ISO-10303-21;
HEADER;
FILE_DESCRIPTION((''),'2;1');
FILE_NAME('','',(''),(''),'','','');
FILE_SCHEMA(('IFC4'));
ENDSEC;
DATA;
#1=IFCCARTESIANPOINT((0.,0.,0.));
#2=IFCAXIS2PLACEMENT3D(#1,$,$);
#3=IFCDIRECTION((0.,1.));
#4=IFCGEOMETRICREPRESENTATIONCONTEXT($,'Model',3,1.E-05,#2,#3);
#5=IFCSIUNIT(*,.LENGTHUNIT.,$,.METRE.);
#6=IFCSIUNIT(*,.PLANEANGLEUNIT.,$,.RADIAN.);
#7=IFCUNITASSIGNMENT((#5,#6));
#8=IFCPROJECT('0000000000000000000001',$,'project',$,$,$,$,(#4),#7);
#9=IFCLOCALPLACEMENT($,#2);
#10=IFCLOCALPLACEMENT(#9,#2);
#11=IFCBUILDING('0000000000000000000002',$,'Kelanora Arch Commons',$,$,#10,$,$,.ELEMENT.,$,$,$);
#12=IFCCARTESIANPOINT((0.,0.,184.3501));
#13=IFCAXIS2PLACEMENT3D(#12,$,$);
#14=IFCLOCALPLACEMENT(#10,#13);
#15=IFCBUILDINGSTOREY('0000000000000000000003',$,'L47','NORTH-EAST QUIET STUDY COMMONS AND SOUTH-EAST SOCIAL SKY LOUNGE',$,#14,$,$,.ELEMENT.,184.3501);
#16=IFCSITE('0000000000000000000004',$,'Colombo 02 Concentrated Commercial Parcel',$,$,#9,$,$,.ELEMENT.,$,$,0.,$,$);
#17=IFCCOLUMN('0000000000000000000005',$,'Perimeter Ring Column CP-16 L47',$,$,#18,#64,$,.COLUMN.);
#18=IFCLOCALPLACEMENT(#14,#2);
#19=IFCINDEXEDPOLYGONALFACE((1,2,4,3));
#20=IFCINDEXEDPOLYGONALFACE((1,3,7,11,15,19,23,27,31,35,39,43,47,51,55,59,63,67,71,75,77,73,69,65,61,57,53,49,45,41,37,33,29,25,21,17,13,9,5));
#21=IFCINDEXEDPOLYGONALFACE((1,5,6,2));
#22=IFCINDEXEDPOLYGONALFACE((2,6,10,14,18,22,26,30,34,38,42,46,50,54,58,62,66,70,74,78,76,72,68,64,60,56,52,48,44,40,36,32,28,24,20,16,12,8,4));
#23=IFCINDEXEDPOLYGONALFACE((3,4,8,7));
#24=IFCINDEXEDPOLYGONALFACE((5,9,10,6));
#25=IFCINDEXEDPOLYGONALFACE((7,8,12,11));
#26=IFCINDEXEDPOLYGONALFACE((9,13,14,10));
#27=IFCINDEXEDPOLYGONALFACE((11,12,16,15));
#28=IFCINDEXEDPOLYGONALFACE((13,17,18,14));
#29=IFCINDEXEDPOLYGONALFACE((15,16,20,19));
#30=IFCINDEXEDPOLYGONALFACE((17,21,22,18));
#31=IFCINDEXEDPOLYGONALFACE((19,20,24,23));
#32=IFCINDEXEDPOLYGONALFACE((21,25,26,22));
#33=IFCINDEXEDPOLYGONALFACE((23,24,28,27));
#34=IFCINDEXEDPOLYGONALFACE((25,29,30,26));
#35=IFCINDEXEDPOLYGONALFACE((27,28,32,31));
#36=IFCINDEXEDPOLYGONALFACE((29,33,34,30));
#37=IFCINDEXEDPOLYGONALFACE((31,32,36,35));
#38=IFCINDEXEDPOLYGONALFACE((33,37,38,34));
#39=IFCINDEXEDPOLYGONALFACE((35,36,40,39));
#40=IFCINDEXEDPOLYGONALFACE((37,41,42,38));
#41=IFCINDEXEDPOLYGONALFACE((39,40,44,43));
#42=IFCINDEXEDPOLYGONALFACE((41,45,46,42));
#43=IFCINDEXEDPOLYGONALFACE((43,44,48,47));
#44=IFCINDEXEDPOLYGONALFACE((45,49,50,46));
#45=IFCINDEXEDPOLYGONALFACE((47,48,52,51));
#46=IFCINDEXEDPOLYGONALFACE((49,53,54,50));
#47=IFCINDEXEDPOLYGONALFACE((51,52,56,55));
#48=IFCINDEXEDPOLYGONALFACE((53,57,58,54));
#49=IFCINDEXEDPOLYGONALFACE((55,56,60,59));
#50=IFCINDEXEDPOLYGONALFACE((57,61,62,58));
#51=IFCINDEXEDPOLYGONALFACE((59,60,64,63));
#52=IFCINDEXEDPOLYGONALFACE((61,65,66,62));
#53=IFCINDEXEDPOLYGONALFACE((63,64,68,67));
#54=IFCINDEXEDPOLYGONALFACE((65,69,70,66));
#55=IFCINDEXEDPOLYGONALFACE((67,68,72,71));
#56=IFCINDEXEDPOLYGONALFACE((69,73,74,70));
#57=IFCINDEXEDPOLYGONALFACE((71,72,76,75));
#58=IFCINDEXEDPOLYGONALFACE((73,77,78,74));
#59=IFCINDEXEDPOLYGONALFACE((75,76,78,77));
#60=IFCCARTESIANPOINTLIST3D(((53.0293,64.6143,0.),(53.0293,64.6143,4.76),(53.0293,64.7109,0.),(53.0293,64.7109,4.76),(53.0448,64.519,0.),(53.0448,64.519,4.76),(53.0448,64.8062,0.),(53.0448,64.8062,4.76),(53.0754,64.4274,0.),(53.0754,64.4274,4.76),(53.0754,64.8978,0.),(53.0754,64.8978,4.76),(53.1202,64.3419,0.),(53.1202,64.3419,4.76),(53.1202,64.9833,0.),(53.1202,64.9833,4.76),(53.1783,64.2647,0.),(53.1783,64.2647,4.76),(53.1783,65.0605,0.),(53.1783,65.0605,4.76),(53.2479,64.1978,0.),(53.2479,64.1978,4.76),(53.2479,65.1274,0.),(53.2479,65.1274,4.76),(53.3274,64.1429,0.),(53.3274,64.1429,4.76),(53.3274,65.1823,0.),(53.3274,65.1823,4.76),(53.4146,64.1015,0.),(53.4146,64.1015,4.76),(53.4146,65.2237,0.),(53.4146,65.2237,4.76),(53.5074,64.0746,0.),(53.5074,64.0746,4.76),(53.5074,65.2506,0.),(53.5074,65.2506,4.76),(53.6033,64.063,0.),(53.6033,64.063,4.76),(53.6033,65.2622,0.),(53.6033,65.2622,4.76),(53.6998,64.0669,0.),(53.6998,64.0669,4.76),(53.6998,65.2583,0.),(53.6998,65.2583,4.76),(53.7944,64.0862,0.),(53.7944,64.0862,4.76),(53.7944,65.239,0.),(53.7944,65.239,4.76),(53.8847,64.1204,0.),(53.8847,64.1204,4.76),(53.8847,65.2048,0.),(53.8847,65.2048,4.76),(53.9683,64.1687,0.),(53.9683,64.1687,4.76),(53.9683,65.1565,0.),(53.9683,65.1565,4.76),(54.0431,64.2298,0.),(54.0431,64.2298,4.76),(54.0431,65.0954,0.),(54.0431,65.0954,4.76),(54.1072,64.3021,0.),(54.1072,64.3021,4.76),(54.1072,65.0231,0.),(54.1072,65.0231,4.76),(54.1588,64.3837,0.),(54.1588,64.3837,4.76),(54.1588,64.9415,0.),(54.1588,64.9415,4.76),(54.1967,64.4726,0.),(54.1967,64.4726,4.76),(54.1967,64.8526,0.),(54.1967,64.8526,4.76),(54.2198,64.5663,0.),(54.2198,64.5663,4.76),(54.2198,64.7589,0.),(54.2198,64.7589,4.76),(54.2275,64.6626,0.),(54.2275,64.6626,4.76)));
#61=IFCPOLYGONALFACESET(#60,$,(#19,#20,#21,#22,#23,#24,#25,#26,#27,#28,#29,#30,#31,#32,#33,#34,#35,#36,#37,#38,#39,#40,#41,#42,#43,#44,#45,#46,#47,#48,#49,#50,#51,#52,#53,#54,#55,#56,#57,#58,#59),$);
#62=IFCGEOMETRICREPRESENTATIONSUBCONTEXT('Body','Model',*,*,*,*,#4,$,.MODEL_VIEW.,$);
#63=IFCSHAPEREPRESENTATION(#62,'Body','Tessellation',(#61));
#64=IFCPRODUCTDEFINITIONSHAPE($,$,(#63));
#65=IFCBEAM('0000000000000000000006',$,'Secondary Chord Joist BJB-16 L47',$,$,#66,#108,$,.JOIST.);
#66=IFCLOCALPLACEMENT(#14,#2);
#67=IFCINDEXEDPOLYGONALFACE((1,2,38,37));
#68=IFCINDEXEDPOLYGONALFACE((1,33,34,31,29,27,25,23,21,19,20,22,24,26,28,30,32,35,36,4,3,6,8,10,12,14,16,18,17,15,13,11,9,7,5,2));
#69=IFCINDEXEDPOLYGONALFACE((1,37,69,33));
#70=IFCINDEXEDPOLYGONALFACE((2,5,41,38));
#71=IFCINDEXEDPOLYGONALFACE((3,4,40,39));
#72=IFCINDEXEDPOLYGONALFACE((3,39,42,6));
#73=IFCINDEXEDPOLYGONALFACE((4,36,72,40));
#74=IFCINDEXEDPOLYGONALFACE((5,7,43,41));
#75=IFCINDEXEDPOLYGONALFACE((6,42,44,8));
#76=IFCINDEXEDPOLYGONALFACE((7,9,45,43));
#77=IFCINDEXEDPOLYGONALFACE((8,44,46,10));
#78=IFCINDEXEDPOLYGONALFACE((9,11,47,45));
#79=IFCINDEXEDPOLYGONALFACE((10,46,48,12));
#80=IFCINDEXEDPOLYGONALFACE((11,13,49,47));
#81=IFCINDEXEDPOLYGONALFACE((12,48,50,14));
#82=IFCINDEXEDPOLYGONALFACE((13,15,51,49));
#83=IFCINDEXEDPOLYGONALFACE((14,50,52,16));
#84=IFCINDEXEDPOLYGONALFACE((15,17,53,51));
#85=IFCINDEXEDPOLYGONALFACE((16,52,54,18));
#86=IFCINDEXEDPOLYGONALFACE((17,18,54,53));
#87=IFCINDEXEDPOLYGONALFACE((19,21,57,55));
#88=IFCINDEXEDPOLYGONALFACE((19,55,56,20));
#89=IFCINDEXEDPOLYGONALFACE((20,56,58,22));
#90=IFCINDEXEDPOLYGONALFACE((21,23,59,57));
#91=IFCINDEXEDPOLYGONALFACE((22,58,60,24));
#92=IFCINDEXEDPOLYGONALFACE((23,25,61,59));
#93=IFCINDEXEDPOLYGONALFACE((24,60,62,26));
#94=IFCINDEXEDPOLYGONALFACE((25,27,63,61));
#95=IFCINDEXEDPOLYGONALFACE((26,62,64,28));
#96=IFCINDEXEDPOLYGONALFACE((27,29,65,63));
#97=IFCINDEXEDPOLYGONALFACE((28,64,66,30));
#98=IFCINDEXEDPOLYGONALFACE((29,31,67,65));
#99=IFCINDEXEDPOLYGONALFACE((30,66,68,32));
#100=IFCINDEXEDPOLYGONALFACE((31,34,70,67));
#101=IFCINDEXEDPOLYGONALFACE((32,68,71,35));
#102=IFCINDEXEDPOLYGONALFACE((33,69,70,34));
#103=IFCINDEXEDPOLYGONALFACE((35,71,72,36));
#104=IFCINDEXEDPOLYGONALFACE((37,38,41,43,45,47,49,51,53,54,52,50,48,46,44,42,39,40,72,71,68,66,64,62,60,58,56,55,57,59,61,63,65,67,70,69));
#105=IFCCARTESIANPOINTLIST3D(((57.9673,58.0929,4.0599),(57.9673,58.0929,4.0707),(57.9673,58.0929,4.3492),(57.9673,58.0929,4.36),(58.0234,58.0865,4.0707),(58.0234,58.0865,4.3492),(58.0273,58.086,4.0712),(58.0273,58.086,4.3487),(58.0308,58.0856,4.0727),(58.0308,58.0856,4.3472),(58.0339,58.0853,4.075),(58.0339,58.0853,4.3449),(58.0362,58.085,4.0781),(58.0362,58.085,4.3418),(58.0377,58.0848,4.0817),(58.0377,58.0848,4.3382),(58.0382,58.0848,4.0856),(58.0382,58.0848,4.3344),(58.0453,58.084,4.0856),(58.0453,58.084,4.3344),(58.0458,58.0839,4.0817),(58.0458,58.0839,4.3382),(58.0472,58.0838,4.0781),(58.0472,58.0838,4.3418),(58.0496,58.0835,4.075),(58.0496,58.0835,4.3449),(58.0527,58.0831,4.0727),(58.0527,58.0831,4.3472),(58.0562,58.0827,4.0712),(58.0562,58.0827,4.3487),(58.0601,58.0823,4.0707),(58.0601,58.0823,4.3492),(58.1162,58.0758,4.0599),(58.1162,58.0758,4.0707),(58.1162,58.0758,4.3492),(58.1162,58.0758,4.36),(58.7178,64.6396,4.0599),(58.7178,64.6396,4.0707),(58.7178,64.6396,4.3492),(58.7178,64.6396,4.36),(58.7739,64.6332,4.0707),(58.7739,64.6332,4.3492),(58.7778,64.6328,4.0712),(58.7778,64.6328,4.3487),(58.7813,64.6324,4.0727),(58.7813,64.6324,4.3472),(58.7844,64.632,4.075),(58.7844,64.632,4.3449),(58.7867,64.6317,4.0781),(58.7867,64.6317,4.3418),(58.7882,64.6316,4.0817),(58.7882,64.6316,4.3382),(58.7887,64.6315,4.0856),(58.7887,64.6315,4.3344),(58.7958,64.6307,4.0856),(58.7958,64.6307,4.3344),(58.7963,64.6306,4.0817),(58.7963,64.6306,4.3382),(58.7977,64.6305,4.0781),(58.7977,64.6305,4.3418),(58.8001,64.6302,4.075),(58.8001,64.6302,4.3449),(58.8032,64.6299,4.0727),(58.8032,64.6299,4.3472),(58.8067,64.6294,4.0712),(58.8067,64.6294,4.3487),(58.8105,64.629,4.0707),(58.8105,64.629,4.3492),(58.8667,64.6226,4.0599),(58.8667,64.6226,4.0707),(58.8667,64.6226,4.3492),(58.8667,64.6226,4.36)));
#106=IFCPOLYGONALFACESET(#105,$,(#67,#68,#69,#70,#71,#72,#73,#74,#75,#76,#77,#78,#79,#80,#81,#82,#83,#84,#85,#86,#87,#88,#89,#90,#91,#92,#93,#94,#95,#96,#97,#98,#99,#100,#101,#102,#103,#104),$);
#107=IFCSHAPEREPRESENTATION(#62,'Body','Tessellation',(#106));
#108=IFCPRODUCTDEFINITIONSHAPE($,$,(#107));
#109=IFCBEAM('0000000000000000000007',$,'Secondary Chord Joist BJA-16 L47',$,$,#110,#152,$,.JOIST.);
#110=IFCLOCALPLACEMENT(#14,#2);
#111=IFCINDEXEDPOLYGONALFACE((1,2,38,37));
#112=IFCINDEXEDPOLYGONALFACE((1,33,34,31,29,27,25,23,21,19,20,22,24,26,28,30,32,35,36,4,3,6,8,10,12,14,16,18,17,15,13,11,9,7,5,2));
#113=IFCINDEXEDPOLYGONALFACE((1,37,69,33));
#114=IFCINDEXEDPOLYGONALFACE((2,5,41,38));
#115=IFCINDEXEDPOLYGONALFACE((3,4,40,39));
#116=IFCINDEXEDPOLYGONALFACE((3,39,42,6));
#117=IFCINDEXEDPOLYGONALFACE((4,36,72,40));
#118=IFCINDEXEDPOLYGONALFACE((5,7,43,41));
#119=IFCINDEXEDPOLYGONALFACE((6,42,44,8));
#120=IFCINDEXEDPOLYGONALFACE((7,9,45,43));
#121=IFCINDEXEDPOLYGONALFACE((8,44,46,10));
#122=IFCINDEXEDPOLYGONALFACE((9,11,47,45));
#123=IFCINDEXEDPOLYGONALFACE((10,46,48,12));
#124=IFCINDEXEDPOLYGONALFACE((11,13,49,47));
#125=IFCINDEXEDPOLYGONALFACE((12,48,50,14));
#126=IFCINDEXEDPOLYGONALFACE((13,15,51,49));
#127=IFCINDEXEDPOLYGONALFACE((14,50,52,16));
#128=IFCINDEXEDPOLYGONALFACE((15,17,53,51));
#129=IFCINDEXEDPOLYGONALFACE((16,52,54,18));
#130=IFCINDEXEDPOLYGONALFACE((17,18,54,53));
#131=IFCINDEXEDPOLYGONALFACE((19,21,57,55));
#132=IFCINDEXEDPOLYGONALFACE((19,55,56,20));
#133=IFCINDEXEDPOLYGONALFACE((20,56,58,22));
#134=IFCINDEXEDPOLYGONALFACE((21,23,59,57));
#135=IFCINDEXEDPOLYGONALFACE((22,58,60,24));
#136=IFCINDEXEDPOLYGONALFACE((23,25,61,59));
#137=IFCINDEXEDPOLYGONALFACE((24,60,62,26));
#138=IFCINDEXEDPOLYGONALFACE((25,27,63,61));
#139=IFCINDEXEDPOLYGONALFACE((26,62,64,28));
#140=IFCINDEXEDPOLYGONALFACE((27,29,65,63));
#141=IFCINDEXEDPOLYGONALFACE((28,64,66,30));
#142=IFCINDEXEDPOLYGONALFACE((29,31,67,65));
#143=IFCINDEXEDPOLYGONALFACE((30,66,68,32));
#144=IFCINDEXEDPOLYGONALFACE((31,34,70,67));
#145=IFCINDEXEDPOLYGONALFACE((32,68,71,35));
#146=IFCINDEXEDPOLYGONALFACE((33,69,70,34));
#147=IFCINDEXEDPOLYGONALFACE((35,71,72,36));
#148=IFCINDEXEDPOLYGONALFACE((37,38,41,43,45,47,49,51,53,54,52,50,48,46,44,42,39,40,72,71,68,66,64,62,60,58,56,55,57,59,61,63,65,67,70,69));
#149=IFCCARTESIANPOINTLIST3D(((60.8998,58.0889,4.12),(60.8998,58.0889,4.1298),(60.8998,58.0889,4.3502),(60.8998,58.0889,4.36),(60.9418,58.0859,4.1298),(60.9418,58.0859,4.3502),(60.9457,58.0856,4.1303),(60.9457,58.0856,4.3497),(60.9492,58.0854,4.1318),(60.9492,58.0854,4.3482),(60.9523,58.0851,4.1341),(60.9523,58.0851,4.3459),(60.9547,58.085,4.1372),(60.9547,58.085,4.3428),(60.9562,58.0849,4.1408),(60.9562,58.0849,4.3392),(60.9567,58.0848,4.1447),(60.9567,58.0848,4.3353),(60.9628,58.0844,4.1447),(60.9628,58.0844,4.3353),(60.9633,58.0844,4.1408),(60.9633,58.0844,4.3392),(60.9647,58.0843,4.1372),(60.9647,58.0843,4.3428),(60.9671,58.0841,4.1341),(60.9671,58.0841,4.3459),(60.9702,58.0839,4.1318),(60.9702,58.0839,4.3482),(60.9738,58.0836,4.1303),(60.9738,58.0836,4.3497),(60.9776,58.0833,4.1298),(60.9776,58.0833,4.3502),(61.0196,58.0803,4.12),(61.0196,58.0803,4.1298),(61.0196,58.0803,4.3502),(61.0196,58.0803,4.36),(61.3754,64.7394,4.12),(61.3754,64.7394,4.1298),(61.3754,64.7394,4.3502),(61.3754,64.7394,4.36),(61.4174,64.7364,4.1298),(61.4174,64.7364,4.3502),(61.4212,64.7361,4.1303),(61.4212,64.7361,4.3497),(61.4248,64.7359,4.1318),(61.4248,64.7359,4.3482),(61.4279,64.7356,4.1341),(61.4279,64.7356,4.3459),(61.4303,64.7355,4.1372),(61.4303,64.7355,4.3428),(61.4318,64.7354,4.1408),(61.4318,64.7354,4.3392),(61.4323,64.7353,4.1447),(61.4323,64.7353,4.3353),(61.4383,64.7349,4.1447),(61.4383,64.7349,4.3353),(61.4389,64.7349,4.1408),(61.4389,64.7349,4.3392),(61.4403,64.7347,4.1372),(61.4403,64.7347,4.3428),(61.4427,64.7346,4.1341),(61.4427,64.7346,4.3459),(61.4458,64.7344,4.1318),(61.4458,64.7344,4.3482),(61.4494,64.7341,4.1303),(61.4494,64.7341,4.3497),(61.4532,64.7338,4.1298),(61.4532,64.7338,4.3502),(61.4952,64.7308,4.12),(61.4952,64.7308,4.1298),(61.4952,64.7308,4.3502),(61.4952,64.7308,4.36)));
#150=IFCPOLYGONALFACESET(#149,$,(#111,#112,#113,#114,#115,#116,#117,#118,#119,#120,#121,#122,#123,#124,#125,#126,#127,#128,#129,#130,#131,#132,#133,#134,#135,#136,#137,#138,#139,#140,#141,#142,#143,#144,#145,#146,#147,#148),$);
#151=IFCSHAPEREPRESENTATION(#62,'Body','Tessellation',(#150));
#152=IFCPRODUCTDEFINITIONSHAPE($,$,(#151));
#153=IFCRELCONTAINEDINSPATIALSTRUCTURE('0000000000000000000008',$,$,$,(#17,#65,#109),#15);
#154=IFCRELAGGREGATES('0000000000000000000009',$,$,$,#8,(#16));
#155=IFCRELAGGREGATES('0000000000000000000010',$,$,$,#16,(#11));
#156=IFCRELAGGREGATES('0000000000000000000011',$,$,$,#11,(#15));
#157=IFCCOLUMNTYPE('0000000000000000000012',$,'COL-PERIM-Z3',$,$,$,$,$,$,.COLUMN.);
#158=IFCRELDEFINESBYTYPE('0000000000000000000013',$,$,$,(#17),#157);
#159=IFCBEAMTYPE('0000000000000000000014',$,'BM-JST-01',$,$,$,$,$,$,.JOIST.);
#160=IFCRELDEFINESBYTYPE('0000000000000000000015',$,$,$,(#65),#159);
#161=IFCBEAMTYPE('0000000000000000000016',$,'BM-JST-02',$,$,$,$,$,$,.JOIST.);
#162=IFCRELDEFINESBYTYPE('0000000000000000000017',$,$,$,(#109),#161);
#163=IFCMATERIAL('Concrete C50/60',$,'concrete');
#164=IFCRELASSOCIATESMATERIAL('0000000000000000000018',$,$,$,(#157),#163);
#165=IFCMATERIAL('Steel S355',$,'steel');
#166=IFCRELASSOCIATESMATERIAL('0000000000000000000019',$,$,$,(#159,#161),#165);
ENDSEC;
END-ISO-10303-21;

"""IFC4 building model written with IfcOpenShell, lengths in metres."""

from ifc_helpers import new_model, si_unit, direction, frame, origin, origin_2d, place, context, subcontext, project, spatial, circle, i_section, extrude, material, material_profile, profile_set, type_object, element, save


model = new_model("IFC4")

# Units and contexts
model_context = context("Model", 3, precision=1e-05, world=origin(), true_north=direction((0.0, 1.0)))
body_context = subcontext(model_context, "Body", "Model", "MODEL_VIEW")
ifc_project = project(units=[si_unit("LENGTHUNIT", "METRE"), si_unit("PLANEANGLEUNIT", "RADIAN")], contexts=[model_context])

# Site, building, storey
site_placement = place(None, origin())
site = spatial("IfcSite", under=ifc_project, at=site_placement, Name="Colombo 02 Concentrated Commercial Parcel", CompositionType="ELEMENT", RefElevation=0.0)
building_placement = place(site_placement, origin())
building = spatial("IfcBuilding", under=site, at=building_placement, Name="Kelanora Arch Commons", CompositionType="ELEMENT")
storey_placement = place(building_placement, frame((0.0, 0.0, 184.3501)))
storey = spatial("IfcBuildingStorey", under=building, at=storey_placement, Name="L47", Description="NORTH-EAST QUIET STUDY COMMONS AND SOUTH-EAST SOCIAL SKY LOUNGE", CompositionType="ELEMENT", Elevation=184.3501)

# Column
ifc_material_1 = material(Name="Concrete C50/60", Category="concrete")
ifc_material_profile_1 = material_profile(ifc_material_1, circle(Radius=0.6001, at=origin_2d()), Name="RCC1200")
ifc_profile_set_1 = profile_set([ifc_material_profile_1], Name="Concrete C50/60")
column_type = type_object("IfcColumnType", Name="COL-PERIM-Z3", PredefinedType="COLUMN", material=ifc_profile_set_1)
column_placement = place(storey_placement, frame((53.6274, 64.6626, 0.0), z_axis=(0.0, 0.0, 1.0), x_axis=(1.0, 0.0, 0.0)))
element("IfcColumn", 1, at=column_placement, inside=storey, type_object=column_type, Name="Perimeter Ring Column CP-16 L47", PredefinedType="COLUMN", context=body_context, shape_type="SweptSolid", body=[
    extrude(circle(Radius=0.6001, at=origin_2d()), origin(), (0.0, 0.0, 1.0), 4.76),
])

# Beams
ifc_material_2 = material(Name="Steel S355", Category="steel")
ifc_material_profile_2 = material_profile(ifc_material_2, i_section(OverallWidth=0.1499, OverallDepth=0.3, WebThickness=0.0071, FlangeThickness=0.0107, FilletRadius=0.0149, at=origin_2d()), Name="IPE300")
ifc_profile_set_2 = profile_set([ifc_material_profile_2], Name="Steel S355")
beam_type_1 = type_object("IfcBeamType", Name="BM-JST-01", PredefinedType="JOIST", material=ifc_profile_set_2)
beam_1_placement = place(storey_placement, frame((58.7922, 64.6311, 4.21), z_axis=(-0.113891, -0.993493, 0.0), x_axis=(0.993493, -0.113891, 0.0)))
element("IfcBeam", 2, at=beam_1_placement, inside=storey, type_object=beam_type_1, Name="Secondary Chord Joist BJB-16 L47", PredefinedType="JOIST", context=body_context, shape_type="SweptSolid", body=[
    extrude(i_section(OverallWidth=0.1499, OverallDepth=0.3, WebThickness=0.0071, FlangeThickness=0.0107, FilletRadius=0.0149, at=origin_2d()), origin(), (0.0, 0.0, 1.0), 6.5896),
])
ifc_material_profile_3 = material_profile(ifc_material_2, i_section(OverallWidth=0.1201, OverallDepth=0.24, WebThickness=0.0061, FlangeThickness=0.0098, FilletRadius=0.0149, at=origin_2d()), Name="IPE240")
ifc_profile_set_3 = profile_set([ifc_material_profile_3], Name="Steel S355")
beam_type_2 = type_object("IfcBeamType", Name="BM-JST-02", PredefinedType="JOIST", material=ifc_profile_set_3)
beam_2_placement = place(storey_placement, frame((61.4353, 64.7351, 4.24), z_axis=(-0.07133, -0.997453, 0.0), x_axis=(0.997453, -0.07133, 0.0)))
element("IfcBeam", 3, at=beam_2_placement, inside=storey, type_object=beam_type_2, Name="Secondary Chord Joist BJA-16 L47", PredefinedType="JOIST", context=body_context, shape_type="SweptSolid", body=[
    extrude(i_section(OverallWidth=0.1201, OverallDepth=0.24, WebThickness=0.0061, FlangeThickness=0.0098, FilletRadius=0.0149, at=origin_2d()), origin(), (0.0, 0.0, 1.0), 6.6675),
])

save(model, "model.ifc")
